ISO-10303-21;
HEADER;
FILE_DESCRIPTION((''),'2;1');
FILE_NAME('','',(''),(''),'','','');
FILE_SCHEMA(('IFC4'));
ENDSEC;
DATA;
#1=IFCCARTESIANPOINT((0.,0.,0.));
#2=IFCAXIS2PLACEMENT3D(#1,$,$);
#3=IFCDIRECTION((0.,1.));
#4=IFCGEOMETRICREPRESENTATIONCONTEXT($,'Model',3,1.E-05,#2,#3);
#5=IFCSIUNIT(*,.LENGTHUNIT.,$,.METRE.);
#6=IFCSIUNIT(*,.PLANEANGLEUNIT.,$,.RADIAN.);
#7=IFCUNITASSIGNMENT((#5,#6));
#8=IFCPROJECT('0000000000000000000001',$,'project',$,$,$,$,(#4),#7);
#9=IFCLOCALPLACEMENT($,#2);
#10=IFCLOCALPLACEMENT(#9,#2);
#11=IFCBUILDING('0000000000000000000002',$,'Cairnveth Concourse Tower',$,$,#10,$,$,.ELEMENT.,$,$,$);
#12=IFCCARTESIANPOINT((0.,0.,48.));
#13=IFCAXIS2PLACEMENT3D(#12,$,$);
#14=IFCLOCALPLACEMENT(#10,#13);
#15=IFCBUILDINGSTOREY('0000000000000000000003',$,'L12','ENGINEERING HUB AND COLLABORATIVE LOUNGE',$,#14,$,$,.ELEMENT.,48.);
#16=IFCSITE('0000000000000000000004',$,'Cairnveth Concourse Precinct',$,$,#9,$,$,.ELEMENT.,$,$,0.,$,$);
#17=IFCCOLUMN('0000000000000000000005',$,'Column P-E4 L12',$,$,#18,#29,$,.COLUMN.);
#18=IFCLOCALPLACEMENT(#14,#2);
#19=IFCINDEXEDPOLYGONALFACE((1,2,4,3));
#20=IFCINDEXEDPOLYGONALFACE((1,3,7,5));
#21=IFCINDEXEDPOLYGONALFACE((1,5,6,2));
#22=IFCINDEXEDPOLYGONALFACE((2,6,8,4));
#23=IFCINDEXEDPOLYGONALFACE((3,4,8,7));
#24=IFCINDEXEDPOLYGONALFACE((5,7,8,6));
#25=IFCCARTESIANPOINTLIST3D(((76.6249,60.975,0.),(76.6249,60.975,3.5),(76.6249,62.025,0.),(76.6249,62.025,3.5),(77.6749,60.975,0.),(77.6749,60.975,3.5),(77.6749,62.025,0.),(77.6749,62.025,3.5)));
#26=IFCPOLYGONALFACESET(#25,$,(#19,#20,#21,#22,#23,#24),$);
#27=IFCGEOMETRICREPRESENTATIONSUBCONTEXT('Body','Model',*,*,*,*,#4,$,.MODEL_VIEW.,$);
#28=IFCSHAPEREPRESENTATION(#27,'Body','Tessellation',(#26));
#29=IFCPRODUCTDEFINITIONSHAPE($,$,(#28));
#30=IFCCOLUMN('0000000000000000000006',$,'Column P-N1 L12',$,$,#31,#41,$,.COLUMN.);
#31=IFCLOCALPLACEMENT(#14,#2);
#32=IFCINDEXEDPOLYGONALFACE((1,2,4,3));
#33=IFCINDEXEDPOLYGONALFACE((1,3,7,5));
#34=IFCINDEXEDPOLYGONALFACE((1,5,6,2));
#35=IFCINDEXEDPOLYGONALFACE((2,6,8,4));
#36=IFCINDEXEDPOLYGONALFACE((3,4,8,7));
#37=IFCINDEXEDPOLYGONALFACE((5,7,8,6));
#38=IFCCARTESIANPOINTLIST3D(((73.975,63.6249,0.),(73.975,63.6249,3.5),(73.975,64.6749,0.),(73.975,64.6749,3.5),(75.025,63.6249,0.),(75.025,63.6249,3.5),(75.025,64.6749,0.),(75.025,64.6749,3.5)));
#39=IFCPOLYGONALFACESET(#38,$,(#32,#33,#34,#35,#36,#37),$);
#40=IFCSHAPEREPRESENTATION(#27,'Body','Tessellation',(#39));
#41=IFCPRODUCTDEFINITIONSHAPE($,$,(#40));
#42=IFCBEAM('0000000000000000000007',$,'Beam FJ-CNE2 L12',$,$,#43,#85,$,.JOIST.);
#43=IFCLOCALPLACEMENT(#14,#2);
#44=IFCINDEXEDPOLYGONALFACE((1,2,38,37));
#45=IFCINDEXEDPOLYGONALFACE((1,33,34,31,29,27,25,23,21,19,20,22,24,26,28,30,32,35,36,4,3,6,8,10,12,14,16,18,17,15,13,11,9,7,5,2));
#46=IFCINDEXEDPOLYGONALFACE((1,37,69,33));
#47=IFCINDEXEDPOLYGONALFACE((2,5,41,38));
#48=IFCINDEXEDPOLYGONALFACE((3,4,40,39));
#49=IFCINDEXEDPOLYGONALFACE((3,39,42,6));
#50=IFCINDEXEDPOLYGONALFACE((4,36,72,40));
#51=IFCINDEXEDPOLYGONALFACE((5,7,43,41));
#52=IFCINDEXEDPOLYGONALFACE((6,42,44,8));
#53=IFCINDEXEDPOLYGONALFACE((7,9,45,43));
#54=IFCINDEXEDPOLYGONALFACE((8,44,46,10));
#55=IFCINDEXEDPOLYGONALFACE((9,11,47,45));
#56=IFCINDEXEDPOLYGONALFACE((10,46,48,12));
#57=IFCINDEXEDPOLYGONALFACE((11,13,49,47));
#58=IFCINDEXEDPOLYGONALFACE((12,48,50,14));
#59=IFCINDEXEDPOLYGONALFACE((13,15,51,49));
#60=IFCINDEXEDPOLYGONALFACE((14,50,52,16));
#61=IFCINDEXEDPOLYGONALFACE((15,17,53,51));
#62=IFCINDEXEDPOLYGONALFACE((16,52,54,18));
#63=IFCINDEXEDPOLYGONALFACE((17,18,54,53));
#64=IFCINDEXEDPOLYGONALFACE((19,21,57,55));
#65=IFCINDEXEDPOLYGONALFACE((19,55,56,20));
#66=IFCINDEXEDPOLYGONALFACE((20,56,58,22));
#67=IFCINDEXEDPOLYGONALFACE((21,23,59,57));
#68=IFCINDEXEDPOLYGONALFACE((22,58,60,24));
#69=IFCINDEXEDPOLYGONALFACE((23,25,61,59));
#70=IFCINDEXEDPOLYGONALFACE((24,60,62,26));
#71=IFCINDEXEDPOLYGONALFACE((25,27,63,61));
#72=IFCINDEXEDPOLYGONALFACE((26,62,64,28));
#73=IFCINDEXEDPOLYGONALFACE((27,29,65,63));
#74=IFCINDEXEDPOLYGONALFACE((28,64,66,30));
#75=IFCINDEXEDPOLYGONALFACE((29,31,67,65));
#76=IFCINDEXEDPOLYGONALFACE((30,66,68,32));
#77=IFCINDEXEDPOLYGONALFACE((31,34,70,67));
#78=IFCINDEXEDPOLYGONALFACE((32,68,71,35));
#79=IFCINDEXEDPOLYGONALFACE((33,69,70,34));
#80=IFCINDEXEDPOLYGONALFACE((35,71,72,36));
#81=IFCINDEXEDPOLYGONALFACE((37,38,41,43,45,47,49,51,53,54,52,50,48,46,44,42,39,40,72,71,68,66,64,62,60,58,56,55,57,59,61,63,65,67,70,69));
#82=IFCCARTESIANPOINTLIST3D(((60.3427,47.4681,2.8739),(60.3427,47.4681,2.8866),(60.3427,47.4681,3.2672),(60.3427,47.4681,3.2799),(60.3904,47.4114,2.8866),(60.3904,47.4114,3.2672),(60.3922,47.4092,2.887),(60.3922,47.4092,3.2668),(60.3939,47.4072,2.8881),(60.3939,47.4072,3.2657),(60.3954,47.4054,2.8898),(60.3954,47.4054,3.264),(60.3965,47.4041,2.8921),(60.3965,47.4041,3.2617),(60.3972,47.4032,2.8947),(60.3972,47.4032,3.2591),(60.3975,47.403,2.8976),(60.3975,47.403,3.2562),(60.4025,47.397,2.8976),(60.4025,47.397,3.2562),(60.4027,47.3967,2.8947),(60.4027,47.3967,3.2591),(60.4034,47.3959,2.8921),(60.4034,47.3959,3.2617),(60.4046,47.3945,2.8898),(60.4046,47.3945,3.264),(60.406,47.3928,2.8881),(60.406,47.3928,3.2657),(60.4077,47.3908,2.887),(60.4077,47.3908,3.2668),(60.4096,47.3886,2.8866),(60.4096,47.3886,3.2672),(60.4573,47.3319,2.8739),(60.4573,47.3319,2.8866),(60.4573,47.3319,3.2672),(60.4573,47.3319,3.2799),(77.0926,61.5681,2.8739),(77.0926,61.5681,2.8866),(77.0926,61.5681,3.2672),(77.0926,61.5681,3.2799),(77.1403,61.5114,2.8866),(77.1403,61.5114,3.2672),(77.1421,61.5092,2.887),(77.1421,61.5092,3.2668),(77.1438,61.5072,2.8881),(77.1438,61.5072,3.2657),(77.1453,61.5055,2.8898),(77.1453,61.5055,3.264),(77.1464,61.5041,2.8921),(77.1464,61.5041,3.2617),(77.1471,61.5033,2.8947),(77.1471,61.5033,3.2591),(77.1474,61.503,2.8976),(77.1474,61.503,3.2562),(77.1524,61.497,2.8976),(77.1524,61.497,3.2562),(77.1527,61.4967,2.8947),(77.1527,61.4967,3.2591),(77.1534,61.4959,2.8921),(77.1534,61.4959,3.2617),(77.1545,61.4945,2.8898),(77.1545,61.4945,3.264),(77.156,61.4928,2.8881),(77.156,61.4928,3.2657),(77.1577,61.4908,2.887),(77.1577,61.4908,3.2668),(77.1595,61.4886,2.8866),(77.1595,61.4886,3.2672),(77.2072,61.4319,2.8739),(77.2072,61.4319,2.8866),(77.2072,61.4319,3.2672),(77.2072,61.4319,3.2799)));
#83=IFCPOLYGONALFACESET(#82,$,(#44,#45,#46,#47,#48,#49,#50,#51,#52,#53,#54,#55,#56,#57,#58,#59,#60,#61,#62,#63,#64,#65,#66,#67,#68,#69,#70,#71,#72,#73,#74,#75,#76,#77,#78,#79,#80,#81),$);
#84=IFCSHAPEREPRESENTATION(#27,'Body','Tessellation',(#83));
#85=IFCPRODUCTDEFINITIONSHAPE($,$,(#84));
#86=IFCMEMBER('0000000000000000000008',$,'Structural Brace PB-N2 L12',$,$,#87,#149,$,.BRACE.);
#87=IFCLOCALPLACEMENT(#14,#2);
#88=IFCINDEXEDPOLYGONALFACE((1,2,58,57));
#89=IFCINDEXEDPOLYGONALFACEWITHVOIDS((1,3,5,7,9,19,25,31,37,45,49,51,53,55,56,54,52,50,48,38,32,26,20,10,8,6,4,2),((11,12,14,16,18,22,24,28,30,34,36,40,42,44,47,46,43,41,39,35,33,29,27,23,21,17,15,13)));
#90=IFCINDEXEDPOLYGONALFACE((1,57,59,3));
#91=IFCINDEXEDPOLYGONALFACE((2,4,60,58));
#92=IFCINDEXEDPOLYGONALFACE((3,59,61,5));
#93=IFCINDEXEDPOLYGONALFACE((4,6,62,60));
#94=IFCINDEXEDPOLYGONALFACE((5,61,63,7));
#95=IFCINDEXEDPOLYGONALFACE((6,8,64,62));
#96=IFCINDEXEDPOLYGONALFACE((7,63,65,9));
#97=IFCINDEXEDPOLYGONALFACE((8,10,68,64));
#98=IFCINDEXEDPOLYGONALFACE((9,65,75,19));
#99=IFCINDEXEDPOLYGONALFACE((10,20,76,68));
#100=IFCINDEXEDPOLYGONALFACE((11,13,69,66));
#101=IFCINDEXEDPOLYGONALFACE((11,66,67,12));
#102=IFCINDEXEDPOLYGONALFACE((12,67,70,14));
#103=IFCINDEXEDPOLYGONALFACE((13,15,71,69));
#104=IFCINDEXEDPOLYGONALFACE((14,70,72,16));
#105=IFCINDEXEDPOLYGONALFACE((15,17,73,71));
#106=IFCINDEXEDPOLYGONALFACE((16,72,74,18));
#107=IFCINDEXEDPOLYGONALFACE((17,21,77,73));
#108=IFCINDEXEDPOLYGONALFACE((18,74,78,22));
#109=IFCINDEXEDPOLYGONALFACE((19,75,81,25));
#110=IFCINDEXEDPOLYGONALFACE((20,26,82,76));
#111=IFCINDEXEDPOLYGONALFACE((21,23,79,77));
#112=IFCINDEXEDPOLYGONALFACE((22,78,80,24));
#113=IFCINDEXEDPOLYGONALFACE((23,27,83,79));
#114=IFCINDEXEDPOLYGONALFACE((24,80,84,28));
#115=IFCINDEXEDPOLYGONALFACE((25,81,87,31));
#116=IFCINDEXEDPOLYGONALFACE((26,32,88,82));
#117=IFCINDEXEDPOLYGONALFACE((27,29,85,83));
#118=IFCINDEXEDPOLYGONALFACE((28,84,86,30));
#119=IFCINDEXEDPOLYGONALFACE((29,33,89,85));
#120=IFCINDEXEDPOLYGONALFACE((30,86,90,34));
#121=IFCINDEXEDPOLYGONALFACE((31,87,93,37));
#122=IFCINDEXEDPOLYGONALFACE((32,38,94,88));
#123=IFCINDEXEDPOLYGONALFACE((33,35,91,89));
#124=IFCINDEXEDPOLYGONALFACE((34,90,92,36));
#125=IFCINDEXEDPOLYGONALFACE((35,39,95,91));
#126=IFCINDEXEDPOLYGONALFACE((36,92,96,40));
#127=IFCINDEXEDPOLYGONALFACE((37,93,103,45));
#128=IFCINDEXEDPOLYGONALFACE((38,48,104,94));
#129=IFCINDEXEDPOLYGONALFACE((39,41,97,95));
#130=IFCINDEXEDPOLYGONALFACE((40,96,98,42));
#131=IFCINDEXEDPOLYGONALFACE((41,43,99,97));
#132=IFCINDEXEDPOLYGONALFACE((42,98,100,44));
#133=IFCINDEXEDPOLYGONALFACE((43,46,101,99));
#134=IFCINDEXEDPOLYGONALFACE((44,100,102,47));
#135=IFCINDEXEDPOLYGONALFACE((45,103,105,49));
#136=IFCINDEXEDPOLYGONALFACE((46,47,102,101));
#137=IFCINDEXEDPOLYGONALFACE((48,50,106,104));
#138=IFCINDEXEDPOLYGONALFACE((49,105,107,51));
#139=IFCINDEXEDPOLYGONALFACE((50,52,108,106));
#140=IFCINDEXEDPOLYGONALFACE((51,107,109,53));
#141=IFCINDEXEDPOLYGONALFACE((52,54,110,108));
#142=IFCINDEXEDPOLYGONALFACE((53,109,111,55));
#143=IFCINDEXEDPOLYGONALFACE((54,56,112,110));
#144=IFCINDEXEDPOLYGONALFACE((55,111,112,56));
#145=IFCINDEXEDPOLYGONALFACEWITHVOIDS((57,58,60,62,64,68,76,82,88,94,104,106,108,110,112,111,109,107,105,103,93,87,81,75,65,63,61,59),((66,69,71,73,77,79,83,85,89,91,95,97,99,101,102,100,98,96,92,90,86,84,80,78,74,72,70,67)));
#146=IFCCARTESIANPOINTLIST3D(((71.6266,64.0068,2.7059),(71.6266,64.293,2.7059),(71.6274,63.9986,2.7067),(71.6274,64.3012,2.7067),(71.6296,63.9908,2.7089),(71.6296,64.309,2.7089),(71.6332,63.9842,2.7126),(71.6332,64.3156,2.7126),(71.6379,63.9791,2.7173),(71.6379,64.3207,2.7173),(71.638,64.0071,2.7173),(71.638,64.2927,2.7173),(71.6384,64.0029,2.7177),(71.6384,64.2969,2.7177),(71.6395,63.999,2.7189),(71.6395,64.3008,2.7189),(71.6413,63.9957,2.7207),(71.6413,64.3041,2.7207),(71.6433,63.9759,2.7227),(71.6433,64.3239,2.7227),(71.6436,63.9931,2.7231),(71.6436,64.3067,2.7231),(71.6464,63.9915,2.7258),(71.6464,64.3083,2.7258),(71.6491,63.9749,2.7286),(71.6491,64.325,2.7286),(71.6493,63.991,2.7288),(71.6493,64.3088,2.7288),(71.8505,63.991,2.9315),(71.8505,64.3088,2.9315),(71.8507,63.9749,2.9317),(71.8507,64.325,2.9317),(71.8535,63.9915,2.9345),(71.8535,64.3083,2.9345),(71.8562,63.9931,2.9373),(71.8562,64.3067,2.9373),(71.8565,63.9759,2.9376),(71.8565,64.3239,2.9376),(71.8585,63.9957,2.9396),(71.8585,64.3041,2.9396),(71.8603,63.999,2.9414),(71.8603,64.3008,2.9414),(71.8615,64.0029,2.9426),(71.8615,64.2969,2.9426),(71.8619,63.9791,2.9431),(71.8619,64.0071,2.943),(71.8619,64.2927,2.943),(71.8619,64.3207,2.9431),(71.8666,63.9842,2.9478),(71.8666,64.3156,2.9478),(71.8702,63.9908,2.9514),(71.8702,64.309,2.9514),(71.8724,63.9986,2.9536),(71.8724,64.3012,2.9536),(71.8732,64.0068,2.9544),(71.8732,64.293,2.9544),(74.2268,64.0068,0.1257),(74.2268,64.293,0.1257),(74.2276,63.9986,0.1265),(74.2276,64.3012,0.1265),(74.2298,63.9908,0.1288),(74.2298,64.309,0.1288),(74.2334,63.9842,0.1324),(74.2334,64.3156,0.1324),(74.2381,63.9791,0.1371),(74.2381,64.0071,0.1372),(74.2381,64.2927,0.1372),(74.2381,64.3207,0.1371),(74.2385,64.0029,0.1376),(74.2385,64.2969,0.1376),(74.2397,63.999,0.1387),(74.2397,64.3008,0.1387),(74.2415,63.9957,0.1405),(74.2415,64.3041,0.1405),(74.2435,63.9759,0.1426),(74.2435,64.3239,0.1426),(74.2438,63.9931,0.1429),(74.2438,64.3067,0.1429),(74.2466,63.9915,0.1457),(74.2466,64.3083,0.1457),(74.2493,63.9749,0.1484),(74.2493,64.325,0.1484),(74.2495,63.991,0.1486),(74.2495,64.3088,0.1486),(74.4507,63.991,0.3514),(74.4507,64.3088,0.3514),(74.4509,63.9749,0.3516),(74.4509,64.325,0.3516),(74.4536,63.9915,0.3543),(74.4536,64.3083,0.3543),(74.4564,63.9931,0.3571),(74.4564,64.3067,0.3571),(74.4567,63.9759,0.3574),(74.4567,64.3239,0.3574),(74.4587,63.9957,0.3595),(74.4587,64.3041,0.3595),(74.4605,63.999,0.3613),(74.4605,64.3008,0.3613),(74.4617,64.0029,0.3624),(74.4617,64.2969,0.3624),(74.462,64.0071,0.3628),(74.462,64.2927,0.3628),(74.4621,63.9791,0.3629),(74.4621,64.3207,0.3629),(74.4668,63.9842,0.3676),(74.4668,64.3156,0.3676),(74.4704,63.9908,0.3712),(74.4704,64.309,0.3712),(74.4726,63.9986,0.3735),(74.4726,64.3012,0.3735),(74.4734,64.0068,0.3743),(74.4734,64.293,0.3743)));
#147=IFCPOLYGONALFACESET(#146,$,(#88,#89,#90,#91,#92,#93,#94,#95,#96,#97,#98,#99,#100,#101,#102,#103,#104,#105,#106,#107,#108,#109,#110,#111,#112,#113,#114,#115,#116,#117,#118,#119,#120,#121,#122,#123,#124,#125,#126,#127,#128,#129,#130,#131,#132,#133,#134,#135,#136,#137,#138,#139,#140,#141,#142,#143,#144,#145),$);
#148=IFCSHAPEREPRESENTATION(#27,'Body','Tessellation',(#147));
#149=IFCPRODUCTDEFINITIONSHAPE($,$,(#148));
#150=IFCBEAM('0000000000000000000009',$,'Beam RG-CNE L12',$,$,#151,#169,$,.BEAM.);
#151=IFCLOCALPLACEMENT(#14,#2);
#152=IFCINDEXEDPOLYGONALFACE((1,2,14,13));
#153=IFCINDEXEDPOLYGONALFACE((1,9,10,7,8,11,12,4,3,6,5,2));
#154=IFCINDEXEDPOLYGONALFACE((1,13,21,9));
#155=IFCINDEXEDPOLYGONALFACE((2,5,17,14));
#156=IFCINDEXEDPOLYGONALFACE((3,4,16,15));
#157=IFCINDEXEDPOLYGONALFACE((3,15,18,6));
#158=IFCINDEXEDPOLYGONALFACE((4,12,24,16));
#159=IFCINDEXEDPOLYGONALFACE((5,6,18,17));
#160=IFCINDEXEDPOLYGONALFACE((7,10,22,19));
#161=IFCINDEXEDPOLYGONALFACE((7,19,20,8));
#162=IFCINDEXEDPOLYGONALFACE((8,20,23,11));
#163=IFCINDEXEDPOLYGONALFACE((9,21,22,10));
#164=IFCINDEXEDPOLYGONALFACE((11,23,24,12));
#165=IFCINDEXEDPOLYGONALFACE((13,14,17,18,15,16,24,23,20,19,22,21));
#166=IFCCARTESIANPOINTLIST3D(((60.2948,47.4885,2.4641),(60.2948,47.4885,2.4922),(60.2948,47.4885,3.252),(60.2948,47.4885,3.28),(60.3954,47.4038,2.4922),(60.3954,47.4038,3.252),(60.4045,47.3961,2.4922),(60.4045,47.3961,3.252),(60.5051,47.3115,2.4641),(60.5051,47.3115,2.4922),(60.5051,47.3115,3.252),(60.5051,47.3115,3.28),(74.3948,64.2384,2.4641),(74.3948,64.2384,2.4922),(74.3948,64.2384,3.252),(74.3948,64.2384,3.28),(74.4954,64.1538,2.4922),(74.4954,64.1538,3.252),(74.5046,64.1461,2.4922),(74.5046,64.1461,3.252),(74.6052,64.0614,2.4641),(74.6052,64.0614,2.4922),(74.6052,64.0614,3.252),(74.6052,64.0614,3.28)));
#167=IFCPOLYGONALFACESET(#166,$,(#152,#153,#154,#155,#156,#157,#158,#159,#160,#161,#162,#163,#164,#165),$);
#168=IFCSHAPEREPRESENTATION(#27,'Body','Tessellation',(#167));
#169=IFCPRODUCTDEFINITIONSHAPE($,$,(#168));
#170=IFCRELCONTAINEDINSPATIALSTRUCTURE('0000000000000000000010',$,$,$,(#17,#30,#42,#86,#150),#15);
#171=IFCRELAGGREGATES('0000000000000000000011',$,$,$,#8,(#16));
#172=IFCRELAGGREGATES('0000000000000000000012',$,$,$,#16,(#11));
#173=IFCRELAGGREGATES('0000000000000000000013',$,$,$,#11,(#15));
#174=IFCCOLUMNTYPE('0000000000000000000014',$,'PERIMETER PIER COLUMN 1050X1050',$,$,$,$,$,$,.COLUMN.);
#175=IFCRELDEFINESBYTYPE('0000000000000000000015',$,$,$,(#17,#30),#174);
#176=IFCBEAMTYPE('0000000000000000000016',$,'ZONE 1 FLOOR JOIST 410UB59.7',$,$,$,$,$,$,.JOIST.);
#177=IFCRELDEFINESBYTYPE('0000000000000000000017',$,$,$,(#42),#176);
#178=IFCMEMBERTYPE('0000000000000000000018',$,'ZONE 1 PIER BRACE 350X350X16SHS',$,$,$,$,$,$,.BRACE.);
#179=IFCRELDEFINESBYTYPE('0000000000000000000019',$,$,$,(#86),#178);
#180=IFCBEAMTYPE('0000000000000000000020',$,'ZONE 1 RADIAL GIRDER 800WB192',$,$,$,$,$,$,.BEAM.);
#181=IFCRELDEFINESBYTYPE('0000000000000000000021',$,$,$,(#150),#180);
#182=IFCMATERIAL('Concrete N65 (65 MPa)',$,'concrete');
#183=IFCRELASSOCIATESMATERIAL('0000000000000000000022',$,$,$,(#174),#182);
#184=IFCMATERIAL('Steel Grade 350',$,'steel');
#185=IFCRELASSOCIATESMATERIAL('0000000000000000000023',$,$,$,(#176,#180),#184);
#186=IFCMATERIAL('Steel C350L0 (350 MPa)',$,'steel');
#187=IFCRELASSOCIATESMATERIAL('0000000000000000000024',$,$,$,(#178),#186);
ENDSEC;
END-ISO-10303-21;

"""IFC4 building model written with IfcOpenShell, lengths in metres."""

from ifc_helpers import new_model, si_unit, direction, frame, origin, origin_2d, place, context, subcontext, project, spatial, rectangle, hollow_rectangle, i_section, extrude, material, material_profile, profile_set, type_object, element, save


model = new_model("IFC4")

# Units and contexts
model_context = context("Model", 3, precision=1e-05, world=origin(), true_north=direction((0.0, 1.0)))
body_context = subcontext(model_context, "Body", "Model", "MODEL_VIEW")
ifc_project = project(units=[si_unit("LENGTHUNIT", "METRE"), si_unit("PLANEANGLEUNIT", "RADIAN")], contexts=[model_context])

# Site, building, storey
site_placement = place(None, origin())
site = spatial("IfcSite", under=ifc_project, at=site_placement, Name="Cairnveth Concourse Precinct", CompositionType="ELEMENT", RefElevation=0.0)
building_placement = place(site_placement, origin())
building = spatial("IfcBuilding", under=site, at=building_placement, Name="Cairnveth Concourse Tower", CompositionType="ELEMENT")
storey_placement = place(building_placement, frame((0.0, 0.0, 48.0)))
storey = spatial("IfcBuildingStorey", under=building, at=storey_placement, Name="L12", Description="ENGINEERING HUB AND COLLABORATIVE LOUNGE", CompositionType="ELEMENT", Elevation=48.0)

# Columns
ifc_material_1 = material(Name="Concrete N65 (65 MPa)", Category="concrete")
ifc_material_profile_1 = material_profile(ifc_material_1, rectangle(XDim=1.05, YDim=1.05, at=origin_2d()), Name="RC-COL-1050x1050")
ifc_profile_set_1 = profile_set([ifc_material_profile_1], Name="Concrete N65 (65 MPa)")
column_type = type_object("IfcColumnType", Name="PERIMETER PIER COLUMN 1050X1050", PredefinedType="COLUMN", material=ifc_profile_set_1)
for number, where, z_axis, x_axis, name in (
    (1, (77.1499, 61.5, 0.0), (0.0, 0.0, 1.0), (0.0, 1.0, 0.0), "Column P-E4 L12"),
    (2, (74.5, 64.1499, 0.0), (0.0, 0.0, 1.0), (1.0, 0.0, 0.0), "Column P-N1 L12"),
):
    element("IfcColumn", number, at=place(storey_placement, frame(where, z_axis=z_axis, x_axis=x_axis)), inside=storey, type_object=column_type, Name=name, PredefinedType="COLUMN", context=body_context, shape_type="SweptSolid", body=[
        extrude(rectangle(XDim=1.05, YDim=1.05, at=origin_2d()), origin(), (0.0, 0.0, 1.0), 3.5),
    ])

# Beam
ifc_material_2 = material(Name="Steel Grade 350", Category="steel")
ifc_material_profile_2 = material_profile(ifc_material_2, i_section(OverallWidth=0.178, OverallDepth=0.406, WebThickness=0.0078, FlangeThickness=0.0127, FilletRadius=0.011, at=origin_2d()), Name="410UB59.7")
ifc_profile_set_2 = profile_set([ifc_material_profile_2], Name="Steel Grade 350")
beam_type_1 = type_object("IfcBeamType", Name="ZONE 1 FLOOR JOIST 410UB59.7", PredefinedType="JOIST", material=ifc_profile_set_2)
beam_1_placement = place(storey_placement, frame((77.1499, 61.5, 3.0769), z_axis=(-0.765027, -0.643998, 0.0), x_axis=(0.643998, -0.765027, 0.0)))
element("IfcBeam", 3, at=beam_1_placement, inside=storey, type_object=beam_type_1, Name="Beam FJ-CNE2 L12", PredefinedType="JOIST", context=body_context, shape_type="SweptSolid", body=[
    extrude(i_section(OverallWidth=0.178, OverallDepth=0.406, WebThickness=0.0078, FlangeThickness=0.0127, FilletRadius=0.011, at=origin_2d()), origin(), (0.0, 0.0, 1.0), 21.8945),
])

# Member
ifc_material_3 = material(Name="Steel C350L0 (350 MPa)", Category="steel")
ifc_material_profile_3 = material_profile(ifc_material_3, hollow_rectangle(XDim=0.3501, YDim=0.3501, WallThickness=0.0161, InnerFilletRadius=0.0161, OuterFilletRadius=0.032, at=origin_2d()), Name="350x350x16.0SHS")
ifc_profile_set_3 = profile_set([ifc_material_profile_3], Name="Steel C350L0 (350 MPa)")
member_type = type_object("IfcMemberType", Name="ZONE 1 PIER BRACE 350X350X16SHS", PredefinedType="BRACE", material=ifc_profile_set_3)
member_placement = place(storey_placement, frame((74.3501, 64.1499, 0.25), z_axis=(-0.709834, 0.0, 0.704369), x_axis=(0.0, -1.0, 0.0)))
element("IfcMember", 4, at=member_placement, inside=storey, type_object=member_type, Name="Structural Brace PB-N2 L12", PredefinedType="BRACE", context=body_context, shape_type="SweptSolid", body=[
    extrude(hollow_rectangle(XDim=0.3501, YDim=0.3501, WallThickness=0.0161, InnerFilletRadius=0.0161, OuterFilletRadius=0.032, at=origin_2d()), origin(), (0.0, 0.0, 1.0), 3.6631),
])

# Beam
ifc_material_profile_4 = material_profile(ifc_material_2, i_section(OverallWidth=0.2749, OverallDepth=0.8159, WebThickness=0.012, FlangeThickness=0.0281, at=origin_2d()), Name="800WB192")
ifc_profile_set_4 = profile_set([ifc_material_profile_4], Name="Steel Grade 350")
beam_type_2 = type_object("IfcBeamType", Name="ZONE 1 RADIAL GIRDER 800WB192", PredefinedType="BEAM", material=ifc_profile_set_4)
beam_2_placement = place(storey_placement, frame((74.5, 64.1499, 2.8721), z_axis=(-0.643998, -0.765027, 0.0), x_axis=(0.765027, -0.643998, 0.0)))
element("IfcBeam", 5, at=beam_2_placement, inside=storey, type_object=beam_type_2, Name="Beam RG-CNE L12", PredefinedType="BEAM", context=body_context, shape_type="SweptSolid", body=[
    extrude(i_section(OverallWidth=0.2749, OverallDepth=0.8159, WebThickness=0.012, FlangeThickness=0.0281, at=origin_2d()), origin(), (0.0, 0.0, 1.0), 21.8945),
])

save(model, "model.ifc")
